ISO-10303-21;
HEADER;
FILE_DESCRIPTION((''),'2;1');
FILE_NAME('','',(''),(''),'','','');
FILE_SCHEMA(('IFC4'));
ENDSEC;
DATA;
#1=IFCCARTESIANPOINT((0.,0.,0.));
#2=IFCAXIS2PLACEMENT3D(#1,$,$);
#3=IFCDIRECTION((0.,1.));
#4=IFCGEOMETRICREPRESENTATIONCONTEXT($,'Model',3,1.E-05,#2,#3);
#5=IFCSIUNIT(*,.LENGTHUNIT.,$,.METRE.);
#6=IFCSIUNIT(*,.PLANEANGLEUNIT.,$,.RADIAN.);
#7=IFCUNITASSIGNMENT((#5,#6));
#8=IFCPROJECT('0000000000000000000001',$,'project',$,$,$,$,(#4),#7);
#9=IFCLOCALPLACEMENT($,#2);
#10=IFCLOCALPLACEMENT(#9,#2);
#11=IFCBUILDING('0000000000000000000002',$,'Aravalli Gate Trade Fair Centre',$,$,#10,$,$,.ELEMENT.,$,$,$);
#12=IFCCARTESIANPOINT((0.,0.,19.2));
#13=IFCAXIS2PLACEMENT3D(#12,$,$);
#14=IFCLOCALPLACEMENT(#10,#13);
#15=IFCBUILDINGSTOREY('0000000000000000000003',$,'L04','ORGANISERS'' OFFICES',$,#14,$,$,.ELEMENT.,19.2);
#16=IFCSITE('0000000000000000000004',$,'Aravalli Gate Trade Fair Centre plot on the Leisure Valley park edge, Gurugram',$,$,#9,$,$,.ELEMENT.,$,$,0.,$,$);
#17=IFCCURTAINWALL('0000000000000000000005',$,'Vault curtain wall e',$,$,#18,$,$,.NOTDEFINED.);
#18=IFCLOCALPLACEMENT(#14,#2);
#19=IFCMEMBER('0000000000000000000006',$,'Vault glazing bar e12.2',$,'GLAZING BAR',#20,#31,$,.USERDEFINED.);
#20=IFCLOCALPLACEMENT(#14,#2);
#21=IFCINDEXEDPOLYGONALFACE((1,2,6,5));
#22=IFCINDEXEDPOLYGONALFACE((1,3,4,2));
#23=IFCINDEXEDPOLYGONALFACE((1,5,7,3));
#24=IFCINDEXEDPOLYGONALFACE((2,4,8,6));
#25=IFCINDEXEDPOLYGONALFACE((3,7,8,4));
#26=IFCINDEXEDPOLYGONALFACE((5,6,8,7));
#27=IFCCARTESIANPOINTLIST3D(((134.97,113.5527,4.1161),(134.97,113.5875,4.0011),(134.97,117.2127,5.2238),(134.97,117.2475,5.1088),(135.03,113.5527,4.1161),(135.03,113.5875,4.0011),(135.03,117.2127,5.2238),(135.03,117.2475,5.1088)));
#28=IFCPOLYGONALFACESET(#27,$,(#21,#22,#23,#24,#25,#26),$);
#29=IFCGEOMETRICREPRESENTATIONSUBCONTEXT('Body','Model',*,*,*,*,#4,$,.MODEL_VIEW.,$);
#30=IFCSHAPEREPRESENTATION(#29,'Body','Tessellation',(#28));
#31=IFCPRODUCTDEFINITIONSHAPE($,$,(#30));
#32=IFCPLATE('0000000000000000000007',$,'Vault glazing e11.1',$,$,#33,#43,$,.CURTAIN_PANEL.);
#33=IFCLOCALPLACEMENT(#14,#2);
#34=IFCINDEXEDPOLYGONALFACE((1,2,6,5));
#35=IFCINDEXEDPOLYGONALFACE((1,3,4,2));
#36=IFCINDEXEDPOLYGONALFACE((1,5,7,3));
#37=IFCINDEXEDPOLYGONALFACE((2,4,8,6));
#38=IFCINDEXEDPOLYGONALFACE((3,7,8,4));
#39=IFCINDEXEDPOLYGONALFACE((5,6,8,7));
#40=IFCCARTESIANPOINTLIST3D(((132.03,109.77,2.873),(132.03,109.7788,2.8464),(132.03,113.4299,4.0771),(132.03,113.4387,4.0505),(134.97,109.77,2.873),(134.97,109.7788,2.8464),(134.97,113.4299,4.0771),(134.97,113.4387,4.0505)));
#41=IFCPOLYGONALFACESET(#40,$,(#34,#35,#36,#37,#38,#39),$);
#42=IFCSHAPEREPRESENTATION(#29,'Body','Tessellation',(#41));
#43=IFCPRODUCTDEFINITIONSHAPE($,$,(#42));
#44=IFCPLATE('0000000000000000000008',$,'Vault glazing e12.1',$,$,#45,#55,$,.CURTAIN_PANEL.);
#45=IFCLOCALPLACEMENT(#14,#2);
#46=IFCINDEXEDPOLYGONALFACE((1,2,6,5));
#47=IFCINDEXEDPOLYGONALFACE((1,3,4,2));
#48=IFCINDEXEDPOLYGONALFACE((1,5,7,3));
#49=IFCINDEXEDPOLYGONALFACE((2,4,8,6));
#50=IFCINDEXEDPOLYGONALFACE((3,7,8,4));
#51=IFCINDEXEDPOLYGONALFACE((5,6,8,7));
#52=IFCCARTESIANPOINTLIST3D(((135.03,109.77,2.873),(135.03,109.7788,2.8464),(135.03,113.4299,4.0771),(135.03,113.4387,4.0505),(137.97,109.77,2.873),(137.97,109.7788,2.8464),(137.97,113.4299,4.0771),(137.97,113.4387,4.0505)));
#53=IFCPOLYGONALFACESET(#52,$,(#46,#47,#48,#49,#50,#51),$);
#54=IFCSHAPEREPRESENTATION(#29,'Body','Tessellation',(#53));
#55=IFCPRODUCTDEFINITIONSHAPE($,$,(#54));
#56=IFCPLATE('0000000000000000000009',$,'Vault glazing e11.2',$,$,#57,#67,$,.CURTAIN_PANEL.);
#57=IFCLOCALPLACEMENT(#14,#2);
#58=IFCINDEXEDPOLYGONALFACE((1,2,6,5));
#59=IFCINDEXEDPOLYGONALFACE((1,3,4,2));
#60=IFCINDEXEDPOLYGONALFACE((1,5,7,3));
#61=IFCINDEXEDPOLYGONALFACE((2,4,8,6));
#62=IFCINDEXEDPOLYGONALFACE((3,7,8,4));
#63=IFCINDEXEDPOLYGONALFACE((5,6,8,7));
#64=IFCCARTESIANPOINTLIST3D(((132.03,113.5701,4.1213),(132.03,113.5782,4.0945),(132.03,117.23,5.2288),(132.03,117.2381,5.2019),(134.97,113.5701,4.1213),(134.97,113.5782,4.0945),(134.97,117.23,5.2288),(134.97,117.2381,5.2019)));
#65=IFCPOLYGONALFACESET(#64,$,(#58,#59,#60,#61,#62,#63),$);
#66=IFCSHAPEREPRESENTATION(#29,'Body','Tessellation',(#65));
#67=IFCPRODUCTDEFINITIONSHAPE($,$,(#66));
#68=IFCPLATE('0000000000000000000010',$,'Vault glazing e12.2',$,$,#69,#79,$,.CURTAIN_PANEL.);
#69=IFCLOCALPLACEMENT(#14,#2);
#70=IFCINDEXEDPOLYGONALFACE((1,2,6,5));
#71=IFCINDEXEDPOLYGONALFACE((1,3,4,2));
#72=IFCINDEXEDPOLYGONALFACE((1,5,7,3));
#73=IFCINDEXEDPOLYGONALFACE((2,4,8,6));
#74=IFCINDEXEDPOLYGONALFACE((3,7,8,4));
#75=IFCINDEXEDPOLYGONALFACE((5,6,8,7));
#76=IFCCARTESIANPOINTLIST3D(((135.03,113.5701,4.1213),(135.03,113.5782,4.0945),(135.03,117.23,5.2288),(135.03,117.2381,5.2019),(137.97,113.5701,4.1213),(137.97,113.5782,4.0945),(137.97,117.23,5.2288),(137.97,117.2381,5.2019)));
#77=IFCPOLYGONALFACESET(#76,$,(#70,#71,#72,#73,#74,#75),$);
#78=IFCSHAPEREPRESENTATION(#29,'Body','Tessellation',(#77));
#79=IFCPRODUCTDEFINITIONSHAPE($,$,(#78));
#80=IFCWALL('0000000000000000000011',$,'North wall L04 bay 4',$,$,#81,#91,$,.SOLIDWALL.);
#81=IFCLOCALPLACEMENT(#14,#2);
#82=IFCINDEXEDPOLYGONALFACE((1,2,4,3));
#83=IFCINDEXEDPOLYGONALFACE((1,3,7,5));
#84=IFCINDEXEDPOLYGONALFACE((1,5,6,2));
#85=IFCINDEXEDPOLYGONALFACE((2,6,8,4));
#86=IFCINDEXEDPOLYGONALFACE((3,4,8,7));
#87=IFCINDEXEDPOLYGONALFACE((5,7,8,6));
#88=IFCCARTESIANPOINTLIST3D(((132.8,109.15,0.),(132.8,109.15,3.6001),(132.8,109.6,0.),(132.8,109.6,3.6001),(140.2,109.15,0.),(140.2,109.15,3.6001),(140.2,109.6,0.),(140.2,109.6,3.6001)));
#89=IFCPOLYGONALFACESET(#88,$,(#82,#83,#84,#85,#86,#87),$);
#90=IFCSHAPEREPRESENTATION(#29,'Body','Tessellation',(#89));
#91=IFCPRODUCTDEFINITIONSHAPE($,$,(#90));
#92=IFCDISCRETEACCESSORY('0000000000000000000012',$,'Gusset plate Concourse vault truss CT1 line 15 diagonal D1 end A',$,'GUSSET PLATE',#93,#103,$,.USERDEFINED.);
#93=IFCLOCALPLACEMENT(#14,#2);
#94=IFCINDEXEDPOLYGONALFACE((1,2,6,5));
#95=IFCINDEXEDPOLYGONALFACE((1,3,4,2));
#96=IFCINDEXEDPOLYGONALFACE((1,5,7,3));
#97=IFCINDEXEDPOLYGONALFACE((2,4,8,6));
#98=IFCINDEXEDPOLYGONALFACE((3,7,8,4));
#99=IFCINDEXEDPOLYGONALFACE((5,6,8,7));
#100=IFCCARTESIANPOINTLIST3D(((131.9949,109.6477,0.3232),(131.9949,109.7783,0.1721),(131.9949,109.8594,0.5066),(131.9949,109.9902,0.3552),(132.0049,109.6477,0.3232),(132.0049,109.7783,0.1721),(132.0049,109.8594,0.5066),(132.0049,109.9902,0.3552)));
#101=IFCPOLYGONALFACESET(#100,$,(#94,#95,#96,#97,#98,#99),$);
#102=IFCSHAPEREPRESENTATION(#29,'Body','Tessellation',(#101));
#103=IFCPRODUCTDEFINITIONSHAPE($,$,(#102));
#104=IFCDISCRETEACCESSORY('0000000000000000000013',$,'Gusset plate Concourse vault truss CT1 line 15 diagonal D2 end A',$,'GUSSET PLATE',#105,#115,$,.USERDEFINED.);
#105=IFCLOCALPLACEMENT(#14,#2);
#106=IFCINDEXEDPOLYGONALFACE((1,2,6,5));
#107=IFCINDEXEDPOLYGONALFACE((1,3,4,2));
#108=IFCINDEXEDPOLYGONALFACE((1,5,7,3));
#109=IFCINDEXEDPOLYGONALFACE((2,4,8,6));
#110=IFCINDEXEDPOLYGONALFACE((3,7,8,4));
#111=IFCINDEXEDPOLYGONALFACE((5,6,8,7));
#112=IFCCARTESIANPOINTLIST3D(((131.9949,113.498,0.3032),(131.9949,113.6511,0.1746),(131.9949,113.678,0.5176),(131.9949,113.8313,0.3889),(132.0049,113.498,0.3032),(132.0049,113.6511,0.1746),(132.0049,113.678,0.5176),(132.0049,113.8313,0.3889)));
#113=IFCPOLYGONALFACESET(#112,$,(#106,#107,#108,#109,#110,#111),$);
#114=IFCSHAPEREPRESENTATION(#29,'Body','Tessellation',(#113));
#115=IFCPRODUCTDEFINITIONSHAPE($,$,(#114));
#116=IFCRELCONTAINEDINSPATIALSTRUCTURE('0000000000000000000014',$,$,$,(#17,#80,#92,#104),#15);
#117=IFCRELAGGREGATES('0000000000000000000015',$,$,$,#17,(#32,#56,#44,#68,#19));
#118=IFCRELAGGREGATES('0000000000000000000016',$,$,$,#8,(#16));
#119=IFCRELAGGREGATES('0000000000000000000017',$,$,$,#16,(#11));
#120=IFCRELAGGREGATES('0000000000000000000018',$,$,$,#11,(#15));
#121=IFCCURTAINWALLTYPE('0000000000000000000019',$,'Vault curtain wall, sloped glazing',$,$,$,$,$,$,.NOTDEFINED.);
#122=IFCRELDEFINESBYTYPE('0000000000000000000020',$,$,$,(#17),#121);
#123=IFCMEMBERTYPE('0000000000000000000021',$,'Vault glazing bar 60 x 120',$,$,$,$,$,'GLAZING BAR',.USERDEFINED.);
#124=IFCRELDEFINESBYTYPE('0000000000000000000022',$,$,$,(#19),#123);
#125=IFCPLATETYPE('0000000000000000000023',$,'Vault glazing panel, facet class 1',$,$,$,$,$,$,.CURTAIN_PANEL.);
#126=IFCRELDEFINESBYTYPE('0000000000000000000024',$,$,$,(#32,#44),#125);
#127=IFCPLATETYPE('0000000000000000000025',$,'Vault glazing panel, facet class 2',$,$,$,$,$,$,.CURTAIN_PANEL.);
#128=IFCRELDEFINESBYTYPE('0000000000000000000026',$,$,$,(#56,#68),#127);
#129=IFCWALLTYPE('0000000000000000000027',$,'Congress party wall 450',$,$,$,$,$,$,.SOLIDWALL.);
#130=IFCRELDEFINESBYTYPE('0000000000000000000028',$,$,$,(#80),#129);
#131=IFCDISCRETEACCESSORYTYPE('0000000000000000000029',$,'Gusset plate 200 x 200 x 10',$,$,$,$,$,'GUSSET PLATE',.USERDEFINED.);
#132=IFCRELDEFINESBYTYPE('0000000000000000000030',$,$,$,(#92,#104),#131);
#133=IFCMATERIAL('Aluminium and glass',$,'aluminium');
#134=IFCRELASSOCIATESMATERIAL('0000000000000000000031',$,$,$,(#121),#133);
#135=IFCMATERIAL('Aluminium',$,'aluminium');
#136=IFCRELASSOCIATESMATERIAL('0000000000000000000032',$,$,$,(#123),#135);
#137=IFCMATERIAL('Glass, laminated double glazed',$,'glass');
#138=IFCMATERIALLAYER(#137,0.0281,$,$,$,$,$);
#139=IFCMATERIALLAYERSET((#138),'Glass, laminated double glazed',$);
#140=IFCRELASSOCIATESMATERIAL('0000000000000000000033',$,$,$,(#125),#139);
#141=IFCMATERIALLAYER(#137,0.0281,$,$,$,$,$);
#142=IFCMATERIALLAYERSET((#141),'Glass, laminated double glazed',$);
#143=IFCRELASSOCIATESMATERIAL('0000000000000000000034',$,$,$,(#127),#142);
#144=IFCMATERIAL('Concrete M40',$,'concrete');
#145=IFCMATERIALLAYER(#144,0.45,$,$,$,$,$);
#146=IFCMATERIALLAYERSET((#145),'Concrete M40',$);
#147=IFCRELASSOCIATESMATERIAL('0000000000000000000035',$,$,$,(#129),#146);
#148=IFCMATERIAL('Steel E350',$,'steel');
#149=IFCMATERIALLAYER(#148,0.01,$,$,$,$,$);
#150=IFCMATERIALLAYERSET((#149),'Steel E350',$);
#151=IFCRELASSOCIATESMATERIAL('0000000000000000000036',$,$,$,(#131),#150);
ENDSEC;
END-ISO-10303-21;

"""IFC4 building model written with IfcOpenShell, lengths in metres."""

from ifc_helpers import new_model, si_unit, direction, frame, frame_2d, origin, origin_2d, place, context, subcontext, project, spatial, polyline, rectangle, outline, extrude, material, layer, layer_set, material_profile, profile_set, type_object, element, aggregate, save


model = new_model("IFC4")

# Units and contexts
model_context = context("Model", 3, precision=1e-05, world=origin(), true_north=direction((0.0, 1.0)))
body_context = subcontext(model_context, "Body", "Model", "MODEL_VIEW")
ifc_project = project(units=[si_unit("LENGTHUNIT", "METRE"), si_unit("PLANEANGLEUNIT", "RADIAN")], contexts=[model_context])

# Site, building, storey
site_placement = place(None, origin())
site = spatial("IfcSite", under=ifc_project, at=site_placement, Name="Aravalli Gate Trade Fair Centre plot on the Leisure Valley park edge, Gurugram", CompositionType="ELEMENT", RefElevation=0.0)
building_placement = place(site_placement, origin())
building = spatial("IfcBuilding", under=site, at=building_placement, Name="Aravalli Gate Trade Fair Centre", CompositionType="ELEMENT")
storey_placement = place(building_placement, frame((0.0, 0.0, 19.2)))
storey = spatial("IfcBuildingStorey", under=building, at=storey_placement, Name="L04", Description="ORGANISERS' OFFICES", CompositionType="ELEMENT", Elevation=19.2)

# Shared definitions
ifc_material_1 = material(Name="Steel E350", Category="steel")
ifc_material_2 = material(Name="Aluminium", Category="aluminium")

# Curtain wall, member, plates
ifc_material_3 = material(Name="Aluminium and glass", Category="aluminium")
curtain_wall_type = type_object("IfcCurtainWallType", Name="Vault curtain wall, sloped glazing", PredefinedType="NOTDEFINED", material=ifc_material_3)
curtain_wall_placement = place(storey_placement, origin())
curtain_wall = element("IfcCurtainWall", 1, at=curtain_wall_placement, inside=storey, type_object=curtain_wall_type, Name="Vault curtain wall e", PredefinedType="NOTDEFINED")
ifc_material_profile_1 = material_profile(ifc_material_2, rectangle(XDim=0.0601, YDim=0.1201, at=origin_2d()), Name="Vault glazing bar 60 x 120")
ifc_profile_set_1 = profile_set([ifc_material_profile_1], Name="Aluminium")
member_type_1 = type_object("IfcMemberType", Name="Vault glazing bar 60 x 120", ElementType="GLAZING BAR", PredefinedType="USERDEFINED", material=ifc_profile_set_1)
member_1_placement = place(storey_placement, frame((135.0, 113.5701, 4.0586), z_axis=(0.0, 0.957126, 0.289672), x_axis=(-1.0, 0.0, 0.0)))
member_1 = element("IfcMember", 2, at=member_1_placement, type_object=member_type_1, Name="Vault glazing bar e12.2", ObjectType="GLAZING BAR", PredefinedType="USERDEFINED", context=body_context, shape_type="SweptSolid", body=[
    extrude(rectangle(XDim=0.0601, YDim=0.1201, at=origin_2d()), origin(), (0.0, 0.0, 1.0), 3.824),
])
ifc_material_4 = material(Name="Glass, laminated double glazed", Category="glass")
ifc_layer_1 = layer(ifc_material_4, 0.0281)
ifc_layer_set_1 = layer_set([ifc_layer_1], Name="Glass, laminated double glazed")
plate_type_1 = type_object("IfcPlateType", Name="Vault glazing panel, facet class 1", PredefinedType="CURTAIN_PANEL", material=ifc_layer_set_1)
plate_1_placement = place(storey_placement, frame((132.03, 109.77, 2.873), z_axis=(0.0, -0.312518, 0.949912), x_axis=(1.0, 0.0, 0.0)))
plate_1 = element("IfcPlate", 3, at=plate_1_placement, type_object=plate_type_1, Name="Vault glazing e11.1", PredefinedType="CURTAIN_PANEL", context=body_context, shape_type="SweptSolid", body=[
    extrude(outline(polyline([(0.0, 0.0), (2.9399, 0.0), (2.9399, 3.8529), (0.0, 3.8529), (0.0, 0.0)])), origin(), (0.0, 0.0, -1.0), 0.0281),
])
plate_2_placement = place(storey_placement, frame((135.03, 109.77, 2.873), z_axis=(0.0, -0.312518, 0.949912), x_axis=(1.0, 0.0, 0.0)))
plate_2 = element("IfcPlate", 4, at=plate_2_placement, type_object=plate_type_1, Name="Vault glazing e12.1", PredefinedType="CURTAIN_PANEL", context=body_context, shape_type="SweptSolid", body=[
    extrude(outline(polyline([(0.0, 0.0), (2.9399, 0.0), (2.9399, 3.8529), (0.0, 3.8529), (0.0, 0.0)])), origin(), (0.0, 0.0, -1.0), 0.0281),
])
ifc_layer_2 = layer(ifc_material_4, 0.0281)
ifc_layer_set_2 = layer_set([ifc_layer_2], Name="Glass, laminated double glazed")
plate_type_2 = type_object("IfcPlateType", Name="Vault glazing panel, facet class 2", PredefinedType="CURTAIN_PANEL", material=ifc_layer_set_2)
plate_3_placement = place(storey_placement, frame((132.03, 113.5701, 4.1213), z_axis=(0.0, -0.289614, 0.957144), x_axis=(1.0, 0.0, 0.0)))
plate_3 = element("IfcPlate", 5, at=plate_3_placement, type_object=plate_type_2, Name="Vault glazing e11.2", PredefinedType="CURTAIN_PANEL", context=body_context, shape_type="SweptSolid", body=[
    extrude(outline(polyline([(0.0, 0.0), (2.9399, 0.0), (2.9399, 3.8238), (0.0, 3.8238), (0.0, 0.0)])), origin(), (0.0, 0.0, -1.0), 0.0281),
])
plate_4_placement = place(storey_placement, frame((135.03, 113.5701, 4.1213), z_axis=(0.0, -0.289614, 0.957144), x_axis=(1.0, 0.0, 0.0)))
plate_4 = element("IfcPlate", 6, at=plate_4_placement, type_object=plate_type_2, Name="Vault glazing e12.2", PredefinedType="CURTAIN_PANEL", context=body_context, shape_type="SweptSolid", body=[
    extrude(outline(polyline([(0.0, 0.0), (2.9399, 0.0), (2.9399, 3.8238), (0.0, 3.8238), (0.0, 0.0)])), origin(), (0.0, 0.0, -1.0), 0.0281),
])
aggregate(curtain_wall, [plate_1, plate_3, plate_2, plate_4, member_1])

# Wall
ifc_material_5 = material(Name="Concrete M40", Category="concrete")
ifc_layer_3 = layer(ifc_material_5, 0.45)
ifc_layer_set_3 = layer_set([ifc_layer_3], Name="Concrete M40")
wall_type = type_object("IfcWallType", Name="Congress party wall 450", PredefinedType="SOLIDWALL", material=ifc_layer_set_3)
wall_placement = place(storey_placement, frame((132.8, 109.375, 0.0), z_axis=(0.0, 0.0, 1.0), x_axis=(1.0, 0.0, 0.0)))
element("IfcWall", 7, at=wall_placement, inside=storey, type_object=wall_type, Name="North wall L04 bay 4", PredefinedType="SOLIDWALL", context=body_context, shape_type="SweptSolid", body=[
    extrude(rectangle(XDim=7.3999, YDim=0.45, at=frame_2d((3.7, 0.0))), origin(), (0.0, 0.0, 1.0), 3.6001),
])

# Discrete accessories
ifc_layer_4 = layer(ifc_material_1, 0.01)
ifc_layer_set_4 = layer_set([ifc_layer_4], Name="Steel E350")
discrete_accessory_type = type_object("IfcDiscreteAccessoryType", Name="Gusset plate 200 x 200 x 10", ElementType="GUSSET PLATE", PredefinedType="USERDEFINED", material=ifc_layer_set_4)
discrete_accessory_1_placement = place(storey_placement, frame((132.0049, 109.8594, 0.5066), z_axis=(1.0, 0.0, 0.0), x_axis=(0.0, -0.755862, -0.654731)))
element("IfcDiscreteAccessory", 8, at=discrete_accessory_1_placement, inside=storey, type_object=discrete_accessory_type, Name="Gusset plate Concourse vault truss CT1 line 15 diagonal D1 end A", ObjectType="GUSSET PLATE", PredefinedType="USERDEFINED", context=body_context, shape_type="SweptSolid", body=[
    extrude(outline(polyline([(0.0, 0.0), (0.28, 0.0), (0.2803, 0.1997), (0.0002, 0.2001), (0.0, 0.0)])), origin(), (0.0, 0.0, -1.0), 0.01),
])
discrete_accessory_2_placement = place(storey_placement, frame((132.0049, 113.678, 0.5176), z_axis=(1.0, 0.0, 0.0), x_axis=(0.0, -0.642926, -0.765928)))
element("IfcDiscreteAccessory", 9, at=discrete_accessory_2_placement, inside=storey, type_object=discrete_accessory_type, Name="Gusset plate Concourse vault truss CT1 line 15 diagonal D2 end A", ObjectType="GUSSET PLATE", PredefinedType="USERDEFINED", context=body_context, shape_type="SweptSolid", body=[
    extrude(outline(polyline([(0.0, 0.0), (0.2799, 0.0), (0.28, 0.2), (0.0, 0.2002), (0.0, 0.0)])), origin(), (0.0, 0.0, -1.0), 0.01),
])

save(model, "model.ifc")
